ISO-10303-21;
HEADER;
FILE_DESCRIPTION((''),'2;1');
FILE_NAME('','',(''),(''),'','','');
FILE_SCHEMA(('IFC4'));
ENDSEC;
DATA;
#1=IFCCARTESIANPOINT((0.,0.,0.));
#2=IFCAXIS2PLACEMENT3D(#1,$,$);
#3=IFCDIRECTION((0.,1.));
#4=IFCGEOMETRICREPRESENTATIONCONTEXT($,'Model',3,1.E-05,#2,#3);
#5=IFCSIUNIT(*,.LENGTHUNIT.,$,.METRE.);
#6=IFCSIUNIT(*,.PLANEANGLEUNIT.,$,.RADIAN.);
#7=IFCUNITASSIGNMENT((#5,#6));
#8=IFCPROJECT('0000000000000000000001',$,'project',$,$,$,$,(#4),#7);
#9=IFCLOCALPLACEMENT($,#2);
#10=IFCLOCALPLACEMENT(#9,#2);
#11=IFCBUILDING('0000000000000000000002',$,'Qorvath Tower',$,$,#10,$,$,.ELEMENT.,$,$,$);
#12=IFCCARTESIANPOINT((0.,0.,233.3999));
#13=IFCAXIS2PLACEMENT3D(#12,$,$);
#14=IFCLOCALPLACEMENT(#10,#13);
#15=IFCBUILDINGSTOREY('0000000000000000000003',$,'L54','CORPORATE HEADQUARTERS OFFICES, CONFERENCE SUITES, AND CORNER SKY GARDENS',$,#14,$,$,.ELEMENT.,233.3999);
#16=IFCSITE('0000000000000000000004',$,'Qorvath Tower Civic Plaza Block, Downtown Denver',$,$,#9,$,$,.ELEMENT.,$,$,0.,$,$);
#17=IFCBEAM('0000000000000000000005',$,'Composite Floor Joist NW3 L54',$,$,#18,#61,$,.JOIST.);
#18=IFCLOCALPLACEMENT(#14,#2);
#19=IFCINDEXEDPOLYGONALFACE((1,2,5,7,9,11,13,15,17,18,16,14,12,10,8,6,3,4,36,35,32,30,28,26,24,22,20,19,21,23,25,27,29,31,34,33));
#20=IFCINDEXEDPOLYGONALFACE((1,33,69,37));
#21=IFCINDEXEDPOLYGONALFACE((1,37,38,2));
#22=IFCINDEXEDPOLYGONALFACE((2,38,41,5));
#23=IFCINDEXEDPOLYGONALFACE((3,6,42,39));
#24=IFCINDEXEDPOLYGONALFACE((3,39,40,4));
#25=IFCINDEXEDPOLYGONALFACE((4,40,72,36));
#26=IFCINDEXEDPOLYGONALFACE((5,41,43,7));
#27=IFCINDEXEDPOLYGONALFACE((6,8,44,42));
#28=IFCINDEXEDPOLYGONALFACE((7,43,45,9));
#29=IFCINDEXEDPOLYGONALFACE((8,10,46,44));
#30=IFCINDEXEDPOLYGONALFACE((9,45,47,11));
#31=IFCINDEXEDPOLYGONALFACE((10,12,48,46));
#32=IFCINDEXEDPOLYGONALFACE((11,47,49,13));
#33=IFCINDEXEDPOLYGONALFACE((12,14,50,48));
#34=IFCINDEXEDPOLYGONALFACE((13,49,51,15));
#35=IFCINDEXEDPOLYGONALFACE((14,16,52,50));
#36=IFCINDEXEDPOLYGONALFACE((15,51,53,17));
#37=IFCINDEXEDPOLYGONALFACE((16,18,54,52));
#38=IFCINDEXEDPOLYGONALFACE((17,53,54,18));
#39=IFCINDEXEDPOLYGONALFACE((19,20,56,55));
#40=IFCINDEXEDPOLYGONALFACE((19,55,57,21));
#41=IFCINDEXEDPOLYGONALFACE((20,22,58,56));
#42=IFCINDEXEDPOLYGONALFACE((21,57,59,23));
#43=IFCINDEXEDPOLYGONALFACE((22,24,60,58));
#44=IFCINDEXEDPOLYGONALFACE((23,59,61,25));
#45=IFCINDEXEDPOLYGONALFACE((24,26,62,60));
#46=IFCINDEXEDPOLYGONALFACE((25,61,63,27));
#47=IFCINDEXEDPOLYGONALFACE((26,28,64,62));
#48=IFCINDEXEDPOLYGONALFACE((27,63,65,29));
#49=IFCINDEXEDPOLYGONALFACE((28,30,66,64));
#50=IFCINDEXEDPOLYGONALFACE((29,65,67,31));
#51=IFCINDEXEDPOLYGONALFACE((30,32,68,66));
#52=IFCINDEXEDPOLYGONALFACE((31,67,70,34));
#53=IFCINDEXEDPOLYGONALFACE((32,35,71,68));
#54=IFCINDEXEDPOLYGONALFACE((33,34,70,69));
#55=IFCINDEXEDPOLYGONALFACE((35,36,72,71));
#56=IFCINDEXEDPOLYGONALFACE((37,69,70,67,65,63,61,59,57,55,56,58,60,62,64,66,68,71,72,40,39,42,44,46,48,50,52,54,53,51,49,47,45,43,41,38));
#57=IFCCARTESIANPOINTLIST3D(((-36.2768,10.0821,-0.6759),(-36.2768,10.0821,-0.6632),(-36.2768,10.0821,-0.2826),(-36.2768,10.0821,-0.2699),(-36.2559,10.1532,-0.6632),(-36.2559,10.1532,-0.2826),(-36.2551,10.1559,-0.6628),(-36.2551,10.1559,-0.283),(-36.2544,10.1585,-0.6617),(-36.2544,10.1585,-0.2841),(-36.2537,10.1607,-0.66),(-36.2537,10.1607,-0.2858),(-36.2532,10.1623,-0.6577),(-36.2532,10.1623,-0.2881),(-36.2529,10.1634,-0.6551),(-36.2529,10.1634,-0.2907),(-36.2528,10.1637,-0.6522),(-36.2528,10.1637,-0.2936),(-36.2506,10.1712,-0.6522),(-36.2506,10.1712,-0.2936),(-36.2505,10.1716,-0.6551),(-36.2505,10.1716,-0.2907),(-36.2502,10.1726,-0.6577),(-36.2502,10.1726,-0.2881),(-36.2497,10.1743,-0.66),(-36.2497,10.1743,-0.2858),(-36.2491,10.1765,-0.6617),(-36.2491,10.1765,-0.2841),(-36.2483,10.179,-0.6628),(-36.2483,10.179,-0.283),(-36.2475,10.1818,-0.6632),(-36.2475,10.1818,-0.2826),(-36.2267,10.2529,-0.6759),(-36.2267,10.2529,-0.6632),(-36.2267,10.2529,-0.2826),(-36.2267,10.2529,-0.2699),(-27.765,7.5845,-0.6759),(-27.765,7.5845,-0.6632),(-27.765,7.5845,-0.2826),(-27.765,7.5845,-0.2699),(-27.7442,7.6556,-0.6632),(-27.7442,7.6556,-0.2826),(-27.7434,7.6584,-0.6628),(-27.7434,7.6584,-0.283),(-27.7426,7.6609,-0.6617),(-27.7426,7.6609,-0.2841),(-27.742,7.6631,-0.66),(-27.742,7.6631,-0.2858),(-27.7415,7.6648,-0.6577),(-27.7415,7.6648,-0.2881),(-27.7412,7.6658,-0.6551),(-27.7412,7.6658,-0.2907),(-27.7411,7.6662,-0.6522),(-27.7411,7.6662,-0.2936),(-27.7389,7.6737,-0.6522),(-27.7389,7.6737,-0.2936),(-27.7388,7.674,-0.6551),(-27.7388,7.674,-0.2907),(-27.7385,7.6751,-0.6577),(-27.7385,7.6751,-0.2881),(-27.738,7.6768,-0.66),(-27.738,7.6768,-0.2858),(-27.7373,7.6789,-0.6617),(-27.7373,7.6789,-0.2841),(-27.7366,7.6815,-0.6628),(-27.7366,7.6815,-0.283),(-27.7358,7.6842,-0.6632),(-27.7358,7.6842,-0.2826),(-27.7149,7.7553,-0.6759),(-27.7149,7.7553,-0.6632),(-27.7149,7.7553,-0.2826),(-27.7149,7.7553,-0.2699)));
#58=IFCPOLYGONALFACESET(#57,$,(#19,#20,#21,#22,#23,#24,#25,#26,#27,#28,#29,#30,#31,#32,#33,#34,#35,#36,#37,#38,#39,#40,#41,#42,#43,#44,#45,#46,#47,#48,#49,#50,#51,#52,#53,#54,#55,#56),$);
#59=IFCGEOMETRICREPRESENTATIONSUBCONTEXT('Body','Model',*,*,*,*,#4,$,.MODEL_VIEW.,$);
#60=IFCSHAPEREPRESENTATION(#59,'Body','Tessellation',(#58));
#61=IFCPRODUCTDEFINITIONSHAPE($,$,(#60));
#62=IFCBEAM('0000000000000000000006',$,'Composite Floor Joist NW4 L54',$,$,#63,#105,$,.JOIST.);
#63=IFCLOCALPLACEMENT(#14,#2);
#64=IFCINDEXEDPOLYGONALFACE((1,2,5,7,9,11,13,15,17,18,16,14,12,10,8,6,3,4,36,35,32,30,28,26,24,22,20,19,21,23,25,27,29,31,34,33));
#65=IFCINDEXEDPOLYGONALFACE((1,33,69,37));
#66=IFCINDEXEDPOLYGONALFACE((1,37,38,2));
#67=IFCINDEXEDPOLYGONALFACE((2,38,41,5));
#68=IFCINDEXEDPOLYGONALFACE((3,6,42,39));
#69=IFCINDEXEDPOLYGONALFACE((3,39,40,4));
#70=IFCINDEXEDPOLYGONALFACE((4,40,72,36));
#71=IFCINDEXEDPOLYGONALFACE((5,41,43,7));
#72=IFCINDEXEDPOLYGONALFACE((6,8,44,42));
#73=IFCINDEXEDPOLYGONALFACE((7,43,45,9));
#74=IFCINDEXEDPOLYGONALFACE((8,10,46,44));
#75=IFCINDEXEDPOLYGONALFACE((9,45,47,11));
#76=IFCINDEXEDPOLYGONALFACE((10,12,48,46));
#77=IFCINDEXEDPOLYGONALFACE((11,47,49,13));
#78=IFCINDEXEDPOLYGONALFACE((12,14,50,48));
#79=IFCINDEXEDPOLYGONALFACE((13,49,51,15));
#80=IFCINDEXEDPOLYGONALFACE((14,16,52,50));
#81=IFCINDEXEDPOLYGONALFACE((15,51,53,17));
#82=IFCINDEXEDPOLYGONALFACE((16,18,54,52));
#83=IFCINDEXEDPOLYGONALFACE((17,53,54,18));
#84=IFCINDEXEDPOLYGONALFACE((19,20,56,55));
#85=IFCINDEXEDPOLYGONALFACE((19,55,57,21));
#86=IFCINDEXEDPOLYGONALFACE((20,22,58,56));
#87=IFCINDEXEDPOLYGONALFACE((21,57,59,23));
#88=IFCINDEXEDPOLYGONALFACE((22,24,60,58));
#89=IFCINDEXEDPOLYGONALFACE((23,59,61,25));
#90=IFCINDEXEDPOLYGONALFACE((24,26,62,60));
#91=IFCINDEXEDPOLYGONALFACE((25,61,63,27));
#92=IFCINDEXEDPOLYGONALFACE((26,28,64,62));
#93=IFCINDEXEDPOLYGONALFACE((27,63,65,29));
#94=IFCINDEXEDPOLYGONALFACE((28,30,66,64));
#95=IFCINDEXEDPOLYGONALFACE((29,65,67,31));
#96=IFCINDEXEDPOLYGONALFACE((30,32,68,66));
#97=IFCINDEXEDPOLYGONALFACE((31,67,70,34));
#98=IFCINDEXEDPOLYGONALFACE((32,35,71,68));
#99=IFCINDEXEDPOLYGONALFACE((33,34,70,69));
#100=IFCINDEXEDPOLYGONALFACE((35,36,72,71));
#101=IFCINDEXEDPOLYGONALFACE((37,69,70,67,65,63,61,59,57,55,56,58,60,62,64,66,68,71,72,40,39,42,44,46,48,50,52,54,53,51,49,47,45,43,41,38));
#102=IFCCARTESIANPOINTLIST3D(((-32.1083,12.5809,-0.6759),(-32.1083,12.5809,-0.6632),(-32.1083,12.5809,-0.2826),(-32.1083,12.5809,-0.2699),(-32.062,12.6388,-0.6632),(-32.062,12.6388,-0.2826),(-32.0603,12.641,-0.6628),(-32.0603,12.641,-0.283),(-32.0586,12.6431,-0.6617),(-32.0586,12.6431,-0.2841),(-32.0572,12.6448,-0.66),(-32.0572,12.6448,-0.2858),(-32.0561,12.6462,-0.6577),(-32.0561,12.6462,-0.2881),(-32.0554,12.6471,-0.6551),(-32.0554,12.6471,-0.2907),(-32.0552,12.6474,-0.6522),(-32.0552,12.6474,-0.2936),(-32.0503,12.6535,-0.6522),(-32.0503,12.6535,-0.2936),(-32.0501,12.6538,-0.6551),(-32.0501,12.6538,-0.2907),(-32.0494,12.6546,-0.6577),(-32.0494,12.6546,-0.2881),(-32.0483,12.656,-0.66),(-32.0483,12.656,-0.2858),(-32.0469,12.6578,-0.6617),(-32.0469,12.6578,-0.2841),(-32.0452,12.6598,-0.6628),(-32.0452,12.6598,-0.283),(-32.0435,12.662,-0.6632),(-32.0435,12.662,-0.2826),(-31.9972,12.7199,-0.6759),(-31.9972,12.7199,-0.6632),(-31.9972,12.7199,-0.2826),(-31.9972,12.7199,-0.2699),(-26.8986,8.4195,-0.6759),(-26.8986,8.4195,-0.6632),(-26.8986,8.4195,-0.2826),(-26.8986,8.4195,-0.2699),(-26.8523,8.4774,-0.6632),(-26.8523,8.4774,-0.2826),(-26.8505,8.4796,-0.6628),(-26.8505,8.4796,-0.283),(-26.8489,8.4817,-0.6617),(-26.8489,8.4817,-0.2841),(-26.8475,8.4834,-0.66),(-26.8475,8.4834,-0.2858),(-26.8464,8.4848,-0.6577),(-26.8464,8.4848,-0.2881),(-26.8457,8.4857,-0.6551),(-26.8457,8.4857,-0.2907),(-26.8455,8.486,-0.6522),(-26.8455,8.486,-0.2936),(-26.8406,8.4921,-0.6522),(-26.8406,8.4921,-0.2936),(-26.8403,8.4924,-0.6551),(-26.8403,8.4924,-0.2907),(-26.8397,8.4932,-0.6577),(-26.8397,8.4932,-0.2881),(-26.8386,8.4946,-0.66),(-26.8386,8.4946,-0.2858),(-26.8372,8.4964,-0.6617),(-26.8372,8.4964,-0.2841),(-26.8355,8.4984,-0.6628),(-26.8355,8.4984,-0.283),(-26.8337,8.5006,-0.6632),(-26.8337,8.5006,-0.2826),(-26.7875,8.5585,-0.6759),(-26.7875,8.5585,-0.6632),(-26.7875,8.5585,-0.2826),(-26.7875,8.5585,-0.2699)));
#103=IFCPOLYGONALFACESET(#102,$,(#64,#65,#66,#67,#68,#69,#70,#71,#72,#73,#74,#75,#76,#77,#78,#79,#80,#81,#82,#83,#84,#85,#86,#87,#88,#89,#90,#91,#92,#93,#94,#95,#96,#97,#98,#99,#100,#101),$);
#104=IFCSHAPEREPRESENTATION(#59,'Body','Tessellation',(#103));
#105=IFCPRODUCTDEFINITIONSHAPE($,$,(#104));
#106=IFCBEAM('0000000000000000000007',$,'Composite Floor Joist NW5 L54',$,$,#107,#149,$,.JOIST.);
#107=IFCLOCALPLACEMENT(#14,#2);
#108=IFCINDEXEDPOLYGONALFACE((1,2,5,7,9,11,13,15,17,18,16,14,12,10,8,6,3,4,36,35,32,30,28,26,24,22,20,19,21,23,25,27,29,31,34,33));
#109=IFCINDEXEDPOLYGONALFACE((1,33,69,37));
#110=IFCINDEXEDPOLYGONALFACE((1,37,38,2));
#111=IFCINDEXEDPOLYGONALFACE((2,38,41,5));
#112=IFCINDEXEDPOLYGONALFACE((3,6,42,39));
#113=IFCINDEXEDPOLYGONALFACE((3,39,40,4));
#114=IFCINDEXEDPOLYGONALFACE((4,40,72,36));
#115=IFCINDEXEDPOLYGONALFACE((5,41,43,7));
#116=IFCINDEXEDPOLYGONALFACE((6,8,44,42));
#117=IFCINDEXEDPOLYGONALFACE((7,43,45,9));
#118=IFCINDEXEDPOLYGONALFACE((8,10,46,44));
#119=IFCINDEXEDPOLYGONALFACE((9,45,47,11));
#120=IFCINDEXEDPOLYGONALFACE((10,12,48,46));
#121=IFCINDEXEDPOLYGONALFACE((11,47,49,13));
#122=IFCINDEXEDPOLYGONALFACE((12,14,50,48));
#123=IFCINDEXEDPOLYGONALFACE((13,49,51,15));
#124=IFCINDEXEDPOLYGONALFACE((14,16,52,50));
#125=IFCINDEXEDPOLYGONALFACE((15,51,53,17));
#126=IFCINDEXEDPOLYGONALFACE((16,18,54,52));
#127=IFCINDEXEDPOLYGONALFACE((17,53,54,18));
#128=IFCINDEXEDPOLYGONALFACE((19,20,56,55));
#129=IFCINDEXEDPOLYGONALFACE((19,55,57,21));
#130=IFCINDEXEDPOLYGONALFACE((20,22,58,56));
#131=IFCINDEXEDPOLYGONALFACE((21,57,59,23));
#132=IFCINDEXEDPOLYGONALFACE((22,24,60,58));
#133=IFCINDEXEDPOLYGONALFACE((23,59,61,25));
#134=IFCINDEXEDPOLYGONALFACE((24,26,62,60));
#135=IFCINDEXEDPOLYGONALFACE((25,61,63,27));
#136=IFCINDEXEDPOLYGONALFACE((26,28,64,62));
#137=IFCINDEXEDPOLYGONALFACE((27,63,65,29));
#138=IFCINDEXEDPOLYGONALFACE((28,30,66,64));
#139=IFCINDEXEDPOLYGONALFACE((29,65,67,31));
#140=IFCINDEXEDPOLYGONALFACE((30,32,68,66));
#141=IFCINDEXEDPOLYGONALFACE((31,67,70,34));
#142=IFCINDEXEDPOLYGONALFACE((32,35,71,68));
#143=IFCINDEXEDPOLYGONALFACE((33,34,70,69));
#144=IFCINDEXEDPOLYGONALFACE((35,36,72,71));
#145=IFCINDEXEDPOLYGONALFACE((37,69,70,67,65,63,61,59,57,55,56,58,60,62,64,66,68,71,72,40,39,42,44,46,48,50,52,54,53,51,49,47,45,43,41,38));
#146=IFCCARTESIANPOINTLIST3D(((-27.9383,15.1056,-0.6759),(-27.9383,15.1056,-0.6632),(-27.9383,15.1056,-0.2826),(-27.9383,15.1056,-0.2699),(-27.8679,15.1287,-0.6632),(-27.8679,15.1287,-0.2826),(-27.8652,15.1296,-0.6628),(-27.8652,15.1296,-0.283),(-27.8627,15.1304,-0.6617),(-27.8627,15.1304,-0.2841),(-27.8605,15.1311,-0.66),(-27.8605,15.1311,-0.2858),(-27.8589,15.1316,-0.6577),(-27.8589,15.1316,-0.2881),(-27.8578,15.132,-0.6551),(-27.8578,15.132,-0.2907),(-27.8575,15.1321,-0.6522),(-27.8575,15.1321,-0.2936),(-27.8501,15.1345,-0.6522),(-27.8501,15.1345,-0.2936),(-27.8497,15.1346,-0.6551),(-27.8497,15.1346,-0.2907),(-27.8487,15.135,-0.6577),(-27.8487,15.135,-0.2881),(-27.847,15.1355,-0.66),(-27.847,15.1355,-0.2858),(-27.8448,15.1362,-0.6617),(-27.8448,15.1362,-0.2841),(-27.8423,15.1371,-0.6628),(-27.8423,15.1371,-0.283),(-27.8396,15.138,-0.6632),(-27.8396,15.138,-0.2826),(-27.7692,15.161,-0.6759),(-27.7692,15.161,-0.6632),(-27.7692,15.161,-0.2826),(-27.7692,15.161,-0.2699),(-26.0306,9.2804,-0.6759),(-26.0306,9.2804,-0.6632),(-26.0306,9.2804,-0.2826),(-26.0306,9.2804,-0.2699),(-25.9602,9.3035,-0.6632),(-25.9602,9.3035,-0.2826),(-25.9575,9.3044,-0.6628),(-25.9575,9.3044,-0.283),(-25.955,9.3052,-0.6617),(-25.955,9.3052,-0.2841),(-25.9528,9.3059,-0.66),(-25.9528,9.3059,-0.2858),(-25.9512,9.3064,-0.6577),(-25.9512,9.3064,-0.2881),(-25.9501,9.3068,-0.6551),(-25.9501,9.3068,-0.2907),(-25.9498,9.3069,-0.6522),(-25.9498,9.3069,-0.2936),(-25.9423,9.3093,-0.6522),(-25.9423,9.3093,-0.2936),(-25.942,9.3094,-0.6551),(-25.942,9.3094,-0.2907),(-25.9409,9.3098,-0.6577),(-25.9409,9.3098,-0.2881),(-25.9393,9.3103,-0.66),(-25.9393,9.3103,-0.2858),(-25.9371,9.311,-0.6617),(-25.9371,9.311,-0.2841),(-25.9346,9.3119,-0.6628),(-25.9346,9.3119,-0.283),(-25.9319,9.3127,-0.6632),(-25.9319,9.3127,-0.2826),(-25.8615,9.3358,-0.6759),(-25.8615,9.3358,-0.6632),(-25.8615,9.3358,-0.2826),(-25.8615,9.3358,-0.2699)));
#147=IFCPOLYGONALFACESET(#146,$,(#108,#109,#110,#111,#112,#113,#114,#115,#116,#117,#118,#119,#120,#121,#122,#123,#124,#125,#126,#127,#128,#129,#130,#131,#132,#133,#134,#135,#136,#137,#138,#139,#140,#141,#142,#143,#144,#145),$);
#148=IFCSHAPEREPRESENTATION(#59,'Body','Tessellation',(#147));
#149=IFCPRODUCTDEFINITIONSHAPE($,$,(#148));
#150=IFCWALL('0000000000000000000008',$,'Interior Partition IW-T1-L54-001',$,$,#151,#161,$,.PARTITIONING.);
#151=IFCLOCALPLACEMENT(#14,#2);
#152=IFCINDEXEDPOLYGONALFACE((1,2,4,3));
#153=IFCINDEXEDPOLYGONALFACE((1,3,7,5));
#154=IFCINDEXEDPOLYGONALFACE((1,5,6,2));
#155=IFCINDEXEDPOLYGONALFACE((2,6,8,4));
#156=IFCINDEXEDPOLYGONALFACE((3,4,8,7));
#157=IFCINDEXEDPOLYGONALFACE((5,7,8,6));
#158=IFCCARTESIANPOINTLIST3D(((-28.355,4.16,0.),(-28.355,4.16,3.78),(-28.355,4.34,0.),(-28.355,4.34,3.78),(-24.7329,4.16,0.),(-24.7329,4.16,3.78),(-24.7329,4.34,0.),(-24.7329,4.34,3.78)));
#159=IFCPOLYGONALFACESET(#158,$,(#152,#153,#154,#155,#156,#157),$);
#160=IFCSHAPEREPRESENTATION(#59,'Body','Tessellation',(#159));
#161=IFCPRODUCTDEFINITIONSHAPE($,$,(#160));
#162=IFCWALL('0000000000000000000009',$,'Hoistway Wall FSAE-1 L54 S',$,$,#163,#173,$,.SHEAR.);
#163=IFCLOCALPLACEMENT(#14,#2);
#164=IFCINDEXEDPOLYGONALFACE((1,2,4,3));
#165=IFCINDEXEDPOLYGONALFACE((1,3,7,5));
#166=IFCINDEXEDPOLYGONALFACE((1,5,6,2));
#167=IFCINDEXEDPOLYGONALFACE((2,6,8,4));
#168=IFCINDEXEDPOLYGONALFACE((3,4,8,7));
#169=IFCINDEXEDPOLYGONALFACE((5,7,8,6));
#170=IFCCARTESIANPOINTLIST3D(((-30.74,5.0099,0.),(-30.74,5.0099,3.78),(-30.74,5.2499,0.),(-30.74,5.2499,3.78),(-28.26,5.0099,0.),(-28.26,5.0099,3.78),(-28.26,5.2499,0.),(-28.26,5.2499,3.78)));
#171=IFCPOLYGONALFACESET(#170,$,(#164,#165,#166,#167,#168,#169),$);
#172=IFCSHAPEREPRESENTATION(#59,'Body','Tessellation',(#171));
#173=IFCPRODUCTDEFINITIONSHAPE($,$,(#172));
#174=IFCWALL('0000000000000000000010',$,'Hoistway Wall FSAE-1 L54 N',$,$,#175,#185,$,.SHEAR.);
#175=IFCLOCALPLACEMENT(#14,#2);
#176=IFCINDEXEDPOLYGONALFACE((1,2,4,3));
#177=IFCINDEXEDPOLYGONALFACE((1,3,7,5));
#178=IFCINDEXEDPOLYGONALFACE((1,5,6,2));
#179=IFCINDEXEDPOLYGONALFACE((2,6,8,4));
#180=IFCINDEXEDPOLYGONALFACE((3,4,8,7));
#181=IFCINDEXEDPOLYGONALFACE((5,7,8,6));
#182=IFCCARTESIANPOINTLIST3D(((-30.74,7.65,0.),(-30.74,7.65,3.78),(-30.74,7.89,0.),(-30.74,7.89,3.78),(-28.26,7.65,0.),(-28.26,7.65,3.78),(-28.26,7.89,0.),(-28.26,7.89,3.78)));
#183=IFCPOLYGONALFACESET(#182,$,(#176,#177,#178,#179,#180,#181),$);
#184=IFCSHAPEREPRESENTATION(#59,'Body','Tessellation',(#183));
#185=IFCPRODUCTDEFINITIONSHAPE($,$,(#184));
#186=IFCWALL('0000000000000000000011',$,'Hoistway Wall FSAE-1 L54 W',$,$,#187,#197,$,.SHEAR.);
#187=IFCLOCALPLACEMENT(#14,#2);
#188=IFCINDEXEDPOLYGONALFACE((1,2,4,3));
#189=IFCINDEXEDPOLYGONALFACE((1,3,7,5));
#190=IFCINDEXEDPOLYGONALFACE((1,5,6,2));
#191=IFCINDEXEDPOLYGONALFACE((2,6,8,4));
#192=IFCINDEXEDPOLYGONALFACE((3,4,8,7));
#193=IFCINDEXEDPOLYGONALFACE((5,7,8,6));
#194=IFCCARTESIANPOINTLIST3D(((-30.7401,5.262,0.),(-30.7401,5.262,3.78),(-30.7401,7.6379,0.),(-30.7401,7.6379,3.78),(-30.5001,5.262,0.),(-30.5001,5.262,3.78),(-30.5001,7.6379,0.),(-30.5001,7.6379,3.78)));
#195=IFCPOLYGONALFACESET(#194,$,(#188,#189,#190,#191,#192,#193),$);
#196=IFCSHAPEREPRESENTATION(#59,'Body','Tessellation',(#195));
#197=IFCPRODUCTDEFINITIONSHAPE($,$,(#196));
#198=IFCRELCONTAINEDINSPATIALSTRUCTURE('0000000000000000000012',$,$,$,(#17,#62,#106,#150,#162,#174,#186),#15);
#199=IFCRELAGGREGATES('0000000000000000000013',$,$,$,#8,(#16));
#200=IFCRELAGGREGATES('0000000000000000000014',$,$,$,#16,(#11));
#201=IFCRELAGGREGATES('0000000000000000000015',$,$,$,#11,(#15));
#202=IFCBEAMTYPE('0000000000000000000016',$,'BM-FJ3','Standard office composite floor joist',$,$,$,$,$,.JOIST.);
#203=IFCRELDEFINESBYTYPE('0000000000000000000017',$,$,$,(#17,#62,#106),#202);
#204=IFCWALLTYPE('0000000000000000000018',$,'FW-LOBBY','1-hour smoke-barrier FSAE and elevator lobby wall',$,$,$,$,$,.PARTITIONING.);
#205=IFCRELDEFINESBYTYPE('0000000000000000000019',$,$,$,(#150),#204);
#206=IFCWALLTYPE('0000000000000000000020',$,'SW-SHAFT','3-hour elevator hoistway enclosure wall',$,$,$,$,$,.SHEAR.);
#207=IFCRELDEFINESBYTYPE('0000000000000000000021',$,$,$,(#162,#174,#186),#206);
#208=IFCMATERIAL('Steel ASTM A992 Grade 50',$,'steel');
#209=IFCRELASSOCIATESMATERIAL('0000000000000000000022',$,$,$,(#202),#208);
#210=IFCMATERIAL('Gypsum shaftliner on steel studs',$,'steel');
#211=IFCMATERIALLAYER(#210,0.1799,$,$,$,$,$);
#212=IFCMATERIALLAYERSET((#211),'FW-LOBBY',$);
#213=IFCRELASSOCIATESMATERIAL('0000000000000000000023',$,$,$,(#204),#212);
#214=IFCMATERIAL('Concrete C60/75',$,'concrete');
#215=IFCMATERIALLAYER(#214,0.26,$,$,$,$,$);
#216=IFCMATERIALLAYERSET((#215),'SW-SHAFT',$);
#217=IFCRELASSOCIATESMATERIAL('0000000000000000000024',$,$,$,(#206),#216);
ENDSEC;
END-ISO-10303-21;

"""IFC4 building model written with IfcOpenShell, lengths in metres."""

from ifc_helpers import new_model, si_unit, direction, frame, frame_2d, origin, origin_2d, place, context, subcontext, project, spatial, rectangle, i_section, extrude, material, layer, layer_set, material_profile, profile_set, type_object, element, save


model = new_model("IFC4")

# Units and contexts
model_context = context("Model", 3, precision=1e-05, world=origin(), true_north=direction((0.0, 1.0)))
body_context = subcontext(model_context, "Body", "Model", "MODEL_VIEW")
ifc_project = project(units=[si_unit("LENGTHUNIT", "METRE"), si_unit("PLANEANGLEUNIT", "RADIAN")], contexts=[model_context])

# Site, building, storey
site_placement = place(None, origin())
site = spatial("IfcSite", under=ifc_project, at=site_placement, Name="Qorvath Tower Civic Plaza Block, Downtown Denver", CompositionType="ELEMENT", RefElevation=0.0)
building_placement = place(site_placement, origin())
building = spatial("IfcBuilding", under=site, at=building_placement, Name="Qorvath Tower", CompositionType="ELEMENT")
storey_placement = place(building_placement, frame((0.0, 0.0, 233.3999)))
storey = spatial("IfcBuildingStorey", under=building, at=storey_placement, Name="L54", Description="CORPORATE HEADQUARTERS OFFICES, CONFERENCE SUITES, AND CORNER SKY GARDENS", CompositionType="ELEMENT", Elevation=233.3999)

# Beams
ifc_material_1 = material(Name="Steel ASTM A992 Grade 50", Category="steel")
ifc_material_profile_1 = material_profile(ifc_material_1, i_section(OverallWidth=0.178, OverallDepth=0.406, WebThickness=0.0078, FlangeThickness=0.0127, FilletRadius=0.011, at=origin_2d()), Name="W16x40")
ifc_profile_set_1 = profile_set([ifc_material_profile_1], Name="Steel ASTM A992 Grade 50")
beam_type_1 = type_object("IfcBeamType", Name="BM-FJ3", Description="Standard office composite floor joist", PredefinedType="JOIST", material=ifc_profile_set_1)
beam_1_placement = place(storey_placement, frame((-27.74, 7.6699, -0.4729), z_axis=(-0.959545, 0.281555, 0.0), x_axis=(-0.281555, -0.959545, 0.0)))
element("IfcBeam", 1, at=beam_1_placement, inside=storey, type_object=beam_type_1, Name="Composite Floor Joist NW3 L54", PredefinedType="JOIST", context=body_context, shape_type="SweptSolid", body=[
    extrude(i_section(OverallWidth=0.178, OverallDepth=0.406, WebThickness=0.0078, FlangeThickness=0.0127, FilletRadius=0.011, at=origin_2d()), origin(), (0.0, 0.0, 1.0), 8.8706),
])
beam_2_placement = place(storey_placement, frame((-26.843, 8.489, -0.4729), z_axis=(-0.781337, 0.62411, 0.0), x_axis=(-0.62411, -0.781337, 0.0)))
element("IfcBeam", 2, at=beam_2_placement, inside=storey, type_object=beam_type_1, Name="Composite Floor Joist NW4 L54", PredefinedType="JOIST", context=body_context, shape_type="SweptSolid", body=[
    extrude(i_section(OverallWidth=0.178, OverallDepth=0.406, WebThickness=0.0078, FlangeThickness=0.0127, FilletRadius=0.011, at=origin_2d()), origin(), (0.0, 0.0, 1.0), 6.6677),
])
beam_3_placement = place(storey_placement, frame((-25.946, 9.3081, -0.4729), z_axis=(-0.311229, 0.950335, 0.0), x_axis=(-0.950335, -0.311229, 0.0)))
element("IfcBeam", 3, at=beam_3_placement, inside=storey, type_object=beam_type_1, Name="Composite Floor Joist NW5 L54", PredefinedType="JOIST", context=body_context, shape_type="SweptSolid", body=[
    extrude(i_section(OverallWidth=0.178, OverallDepth=0.406, WebThickness=0.0078, FlangeThickness=0.0127, FilletRadius=0.011, at=origin_2d()), origin(), (0.0, 0.0, 1.0), 6.1296),
])

# Wall
ifc_material_2 = material(Name="Gypsum shaftliner on steel studs", Category="steel")
ifc_layer_1 = layer(ifc_material_2, 0.1799)
ifc_layer_set_1 = layer_set([ifc_layer_1], Name="FW-LOBBY")
wall_type_1 = type_object("IfcWallType", Name="FW-LOBBY", Description="1-hour smoke-barrier FSAE and elevator lobby wall", PredefinedType="PARTITIONING", material=ifc_layer_set_1)
wall_1_placement = place(storey_placement, frame((-28.355, 4.25, 0.0), z_axis=(0.0, 0.0, 1.0), x_axis=(1.0, 0.0, 0.0)))
element("IfcWall", 4, at=wall_1_placement, inside=storey, type_object=wall_type_1, Name="Interior Partition IW-T1-L54-001", PredefinedType="PARTITIONING", context=body_context, shape_type="SweptSolid", body=[
    extrude(rectangle(XDim=3.6221, YDim=0.1799, at=frame_2d((1.811, 0.0))), origin(), (0.0, 0.0, 1.0), 3.78),
])

# Walls
ifc_material_3 = material(Name="Concrete C60/75", Category="concrete")
ifc_layer_2 = layer(ifc_material_3, 0.26)
ifc_layer_set_2 = layer_set([ifc_layer_2], Name="SW-SHAFT")
wall_type_2 = type_object("IfcWallType", Name="SW-SHAFT", Description="3-hour elevator hoistway enclosure wall", PredefinedType="SHEAR", material=ifc_layer_set_2)
for number, where, z_axis, x_axis, name in (
    (5, (-28.26, 5.1299, 0.0), (0.0, 0.0, 1.0), (-1.0, 0.0, 0.0), "Hoistway Wall FSAE-1 L54 S"),
    (6, (-30.74, 7.77, 0.0), (0.0, 0.0, 1.0), (1.0, 0.0, 0.0), "Hoistway Wall FSAE-1 L54 N"),
):
    element("IfcWall", number, at=place(storey_placement, frame(where, z_axis=z_axis, x_axis=x_axis)), inside=storey, type_object=wall_type_2, Name=name, PredefinedType="SHEAR", context=body_context, shape_type="SweptSolid", body=[
        extrude(rectangle(XDim=2.48, YDim=0.24, at=frame_2d((1.24, 0.0))), origin(), (0.0, 0.0, 1.0), 3.78),
    ])
wall_2_placement = place(storey_placement, frame((-30.6201, 5.262, 0.0), z_axis=(0.0, 0.0, 1.0), x_axis=(0.0, 1.0, 0.0)))
element("IfcWall", 7, at=wall_2_placement, inside=storey, type_object=wall_type_2, Name="Hoistway Wall FSAE-1 L54 W", PredefinedType="SHEAR", context=body_context, shape_type="SweptSolid", body=[
    extrude(rectangle(XDim=2.376, YDim=0.24, at=frame_2d((1.188, 0.0))), origin(), (0.0, 0.0, 1.0), 3.78),
])

save(model, "model.ifc")
